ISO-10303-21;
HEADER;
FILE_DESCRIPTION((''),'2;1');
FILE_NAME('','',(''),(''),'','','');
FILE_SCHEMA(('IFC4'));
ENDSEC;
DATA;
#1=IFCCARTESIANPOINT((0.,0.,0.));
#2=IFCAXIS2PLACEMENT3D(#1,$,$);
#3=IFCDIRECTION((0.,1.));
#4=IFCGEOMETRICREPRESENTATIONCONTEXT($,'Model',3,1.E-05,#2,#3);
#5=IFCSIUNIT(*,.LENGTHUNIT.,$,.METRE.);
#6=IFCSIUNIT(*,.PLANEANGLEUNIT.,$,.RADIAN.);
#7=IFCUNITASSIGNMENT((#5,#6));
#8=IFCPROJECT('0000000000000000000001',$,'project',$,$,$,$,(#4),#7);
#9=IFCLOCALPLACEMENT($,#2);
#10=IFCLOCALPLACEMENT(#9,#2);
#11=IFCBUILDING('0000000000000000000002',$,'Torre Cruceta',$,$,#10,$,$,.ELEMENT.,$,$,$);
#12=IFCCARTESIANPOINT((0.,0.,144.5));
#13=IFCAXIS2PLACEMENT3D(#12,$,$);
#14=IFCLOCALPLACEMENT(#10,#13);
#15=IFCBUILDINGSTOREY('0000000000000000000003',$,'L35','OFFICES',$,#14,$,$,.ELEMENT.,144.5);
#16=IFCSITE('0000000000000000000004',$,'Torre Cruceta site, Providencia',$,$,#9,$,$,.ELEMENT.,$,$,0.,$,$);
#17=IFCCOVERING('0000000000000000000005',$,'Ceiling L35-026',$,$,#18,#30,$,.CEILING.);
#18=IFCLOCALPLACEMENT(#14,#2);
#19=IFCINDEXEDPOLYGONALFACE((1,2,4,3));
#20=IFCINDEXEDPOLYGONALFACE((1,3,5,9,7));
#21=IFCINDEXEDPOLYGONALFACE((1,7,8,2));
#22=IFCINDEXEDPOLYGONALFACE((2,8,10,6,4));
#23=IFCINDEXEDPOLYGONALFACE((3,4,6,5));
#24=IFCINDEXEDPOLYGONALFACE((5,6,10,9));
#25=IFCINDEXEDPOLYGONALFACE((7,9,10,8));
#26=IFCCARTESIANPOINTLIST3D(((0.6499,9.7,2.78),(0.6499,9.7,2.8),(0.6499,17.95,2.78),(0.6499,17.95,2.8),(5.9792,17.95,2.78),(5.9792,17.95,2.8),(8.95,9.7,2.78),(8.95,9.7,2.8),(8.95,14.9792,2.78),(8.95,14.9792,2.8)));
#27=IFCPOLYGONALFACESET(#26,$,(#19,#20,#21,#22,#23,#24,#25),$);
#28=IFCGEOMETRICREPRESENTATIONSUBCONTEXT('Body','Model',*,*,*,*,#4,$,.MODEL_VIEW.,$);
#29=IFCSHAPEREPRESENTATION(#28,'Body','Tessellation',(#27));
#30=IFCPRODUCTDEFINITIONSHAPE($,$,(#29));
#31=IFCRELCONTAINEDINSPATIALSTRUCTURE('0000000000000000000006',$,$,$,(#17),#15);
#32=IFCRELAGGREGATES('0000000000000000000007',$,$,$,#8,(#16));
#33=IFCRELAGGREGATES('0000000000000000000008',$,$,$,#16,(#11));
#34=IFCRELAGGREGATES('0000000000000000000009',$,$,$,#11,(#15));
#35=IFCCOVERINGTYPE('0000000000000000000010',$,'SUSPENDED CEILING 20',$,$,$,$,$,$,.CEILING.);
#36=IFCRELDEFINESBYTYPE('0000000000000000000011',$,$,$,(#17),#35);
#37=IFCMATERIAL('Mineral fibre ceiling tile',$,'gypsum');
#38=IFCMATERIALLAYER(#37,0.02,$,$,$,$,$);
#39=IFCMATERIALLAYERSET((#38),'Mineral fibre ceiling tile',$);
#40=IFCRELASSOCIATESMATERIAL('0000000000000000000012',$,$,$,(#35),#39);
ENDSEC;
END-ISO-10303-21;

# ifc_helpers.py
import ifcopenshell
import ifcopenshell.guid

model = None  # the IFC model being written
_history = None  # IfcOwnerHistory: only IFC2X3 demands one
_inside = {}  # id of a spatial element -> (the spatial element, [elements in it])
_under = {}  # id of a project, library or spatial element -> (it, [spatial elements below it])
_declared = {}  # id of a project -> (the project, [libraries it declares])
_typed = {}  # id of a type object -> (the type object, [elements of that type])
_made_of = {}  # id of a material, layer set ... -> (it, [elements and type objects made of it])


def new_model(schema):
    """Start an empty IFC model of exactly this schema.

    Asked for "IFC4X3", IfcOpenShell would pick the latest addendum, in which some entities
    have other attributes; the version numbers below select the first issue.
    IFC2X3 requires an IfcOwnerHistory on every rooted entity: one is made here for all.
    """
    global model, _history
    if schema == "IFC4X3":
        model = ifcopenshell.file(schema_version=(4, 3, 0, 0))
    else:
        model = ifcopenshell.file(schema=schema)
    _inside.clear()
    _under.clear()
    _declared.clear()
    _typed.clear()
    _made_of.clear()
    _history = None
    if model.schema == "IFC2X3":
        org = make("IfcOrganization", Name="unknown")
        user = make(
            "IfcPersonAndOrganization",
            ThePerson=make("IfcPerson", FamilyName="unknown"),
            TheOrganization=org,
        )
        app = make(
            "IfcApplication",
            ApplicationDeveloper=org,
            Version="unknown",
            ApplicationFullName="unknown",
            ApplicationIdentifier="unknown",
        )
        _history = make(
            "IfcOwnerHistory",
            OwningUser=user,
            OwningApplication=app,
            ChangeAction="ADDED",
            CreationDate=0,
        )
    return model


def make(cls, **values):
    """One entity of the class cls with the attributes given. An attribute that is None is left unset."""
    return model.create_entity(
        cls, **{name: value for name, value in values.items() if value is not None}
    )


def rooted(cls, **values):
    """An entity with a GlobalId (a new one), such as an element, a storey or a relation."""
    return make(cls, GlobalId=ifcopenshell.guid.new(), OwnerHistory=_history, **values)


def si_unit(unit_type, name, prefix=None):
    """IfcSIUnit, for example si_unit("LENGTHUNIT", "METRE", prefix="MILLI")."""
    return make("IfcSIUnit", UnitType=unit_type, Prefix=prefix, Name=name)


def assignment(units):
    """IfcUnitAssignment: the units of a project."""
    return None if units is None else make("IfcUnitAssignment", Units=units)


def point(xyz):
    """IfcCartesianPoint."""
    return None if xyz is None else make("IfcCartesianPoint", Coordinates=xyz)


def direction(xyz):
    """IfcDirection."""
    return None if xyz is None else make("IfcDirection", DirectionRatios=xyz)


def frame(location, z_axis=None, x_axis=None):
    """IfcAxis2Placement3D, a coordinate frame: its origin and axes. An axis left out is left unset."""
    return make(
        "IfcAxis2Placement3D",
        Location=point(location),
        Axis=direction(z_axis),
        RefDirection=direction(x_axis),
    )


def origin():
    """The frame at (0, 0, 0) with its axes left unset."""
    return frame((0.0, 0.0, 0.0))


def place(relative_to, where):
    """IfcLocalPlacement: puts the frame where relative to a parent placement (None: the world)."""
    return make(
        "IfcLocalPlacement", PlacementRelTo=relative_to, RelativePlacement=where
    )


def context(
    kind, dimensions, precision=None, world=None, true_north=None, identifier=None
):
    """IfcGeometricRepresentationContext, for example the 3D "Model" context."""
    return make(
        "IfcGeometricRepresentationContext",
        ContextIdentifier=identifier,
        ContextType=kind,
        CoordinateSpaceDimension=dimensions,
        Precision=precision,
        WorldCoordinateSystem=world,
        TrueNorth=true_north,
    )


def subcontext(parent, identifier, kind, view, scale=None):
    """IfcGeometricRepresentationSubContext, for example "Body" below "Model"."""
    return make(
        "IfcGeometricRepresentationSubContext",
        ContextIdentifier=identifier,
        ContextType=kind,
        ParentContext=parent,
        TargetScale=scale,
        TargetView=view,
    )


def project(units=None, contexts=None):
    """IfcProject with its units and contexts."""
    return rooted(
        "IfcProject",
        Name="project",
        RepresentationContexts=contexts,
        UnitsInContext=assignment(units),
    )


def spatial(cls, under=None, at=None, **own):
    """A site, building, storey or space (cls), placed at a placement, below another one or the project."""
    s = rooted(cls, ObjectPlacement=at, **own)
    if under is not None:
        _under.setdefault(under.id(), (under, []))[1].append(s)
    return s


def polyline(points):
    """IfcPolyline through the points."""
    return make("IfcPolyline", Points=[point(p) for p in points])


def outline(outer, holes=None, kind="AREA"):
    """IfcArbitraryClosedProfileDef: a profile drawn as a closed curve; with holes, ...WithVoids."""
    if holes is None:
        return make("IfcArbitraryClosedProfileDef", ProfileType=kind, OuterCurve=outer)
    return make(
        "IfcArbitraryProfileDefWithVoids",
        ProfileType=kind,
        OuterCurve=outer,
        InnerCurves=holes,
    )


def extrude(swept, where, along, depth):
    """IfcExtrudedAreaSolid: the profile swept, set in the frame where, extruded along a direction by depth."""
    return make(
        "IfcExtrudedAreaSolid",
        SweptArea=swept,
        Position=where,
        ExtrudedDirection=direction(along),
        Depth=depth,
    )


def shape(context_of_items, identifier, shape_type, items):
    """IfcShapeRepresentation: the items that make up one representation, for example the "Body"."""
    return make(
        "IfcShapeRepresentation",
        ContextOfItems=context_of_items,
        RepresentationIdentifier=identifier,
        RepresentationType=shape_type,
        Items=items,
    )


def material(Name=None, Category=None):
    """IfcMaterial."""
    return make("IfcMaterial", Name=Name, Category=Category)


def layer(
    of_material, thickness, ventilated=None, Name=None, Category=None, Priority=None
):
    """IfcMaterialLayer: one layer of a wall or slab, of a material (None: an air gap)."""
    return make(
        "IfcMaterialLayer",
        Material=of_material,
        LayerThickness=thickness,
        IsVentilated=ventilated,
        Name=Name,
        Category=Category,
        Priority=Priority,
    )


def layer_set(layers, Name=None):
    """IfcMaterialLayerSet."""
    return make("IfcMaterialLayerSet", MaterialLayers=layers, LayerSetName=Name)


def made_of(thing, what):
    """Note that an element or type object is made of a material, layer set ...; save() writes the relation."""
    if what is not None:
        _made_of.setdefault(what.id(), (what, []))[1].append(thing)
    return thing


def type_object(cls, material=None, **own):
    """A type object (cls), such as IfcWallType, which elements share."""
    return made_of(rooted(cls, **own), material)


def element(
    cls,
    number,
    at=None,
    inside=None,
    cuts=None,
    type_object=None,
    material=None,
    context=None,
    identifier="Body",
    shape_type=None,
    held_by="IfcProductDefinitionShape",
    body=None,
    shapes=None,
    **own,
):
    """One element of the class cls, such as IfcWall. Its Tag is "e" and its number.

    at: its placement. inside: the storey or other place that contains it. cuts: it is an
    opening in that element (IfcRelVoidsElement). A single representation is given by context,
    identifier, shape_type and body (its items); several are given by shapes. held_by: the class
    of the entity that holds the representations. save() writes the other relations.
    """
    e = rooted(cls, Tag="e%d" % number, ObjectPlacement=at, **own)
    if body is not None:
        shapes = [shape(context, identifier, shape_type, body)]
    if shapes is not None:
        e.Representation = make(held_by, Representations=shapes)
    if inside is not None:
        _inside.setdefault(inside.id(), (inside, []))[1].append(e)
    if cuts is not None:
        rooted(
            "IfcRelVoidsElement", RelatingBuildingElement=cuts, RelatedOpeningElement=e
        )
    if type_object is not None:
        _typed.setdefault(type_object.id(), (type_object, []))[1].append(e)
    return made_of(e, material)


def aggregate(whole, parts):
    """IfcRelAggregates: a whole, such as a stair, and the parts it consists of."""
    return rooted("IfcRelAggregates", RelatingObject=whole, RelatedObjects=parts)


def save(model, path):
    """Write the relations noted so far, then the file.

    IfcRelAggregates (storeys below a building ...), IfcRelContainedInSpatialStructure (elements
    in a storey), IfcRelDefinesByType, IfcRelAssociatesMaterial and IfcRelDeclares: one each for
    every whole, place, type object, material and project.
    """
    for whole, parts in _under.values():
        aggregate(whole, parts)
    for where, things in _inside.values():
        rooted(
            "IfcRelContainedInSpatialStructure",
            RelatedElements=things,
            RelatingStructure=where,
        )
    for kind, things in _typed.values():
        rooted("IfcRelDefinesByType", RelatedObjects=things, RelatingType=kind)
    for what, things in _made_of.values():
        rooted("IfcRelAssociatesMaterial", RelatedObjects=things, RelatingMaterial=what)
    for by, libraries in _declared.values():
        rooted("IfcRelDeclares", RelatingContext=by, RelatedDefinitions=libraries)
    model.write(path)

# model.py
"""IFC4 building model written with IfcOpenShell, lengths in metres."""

from ifc_helpers import new_model, si_unit, direction, frame, origin, place, context, subcontext, project, spatial, polyline, outline, extrude, material, layer, layer_set, type_object, element, save


model = new_model("IFC4")

# Units and contexts
model_context = context("Model", 3, precision=1e-05, world=origin(), true_north=direction((0.0, 1.0)))
body_context = subcontext(model_context, "Body", "Model", "MODEL_VIEW")
ifc_project = project(units=[si_unit("LENGTHUNIT", "METRE"), si_unit("PLANEANGLEUNIT", "RADIAN")], contexts=[model_context])

# Site, building, storey
site_placement = place(None, origin())
site = spatial("IfcSite", under=ifc_project, at=site_placement, Name="Torre Cruceta site, Providencia", CompositionType="ELEMENT", RefElevation=0.0)
building_placement = place(site_placement, origin())
building = spatial("IfcBuilding", under=site, at=building_placement, Name="Torre Cruceta", CompositionType="ELEMENT")
storey_placement = place(building_placement, frame((0.0, 0.0, 144.5)))
storey = spatial("IfcBuildingStorey", under=building, at=storey_placement, Name="L35", Description="OFFICES", CompositionType="ELEMENT", Elevation=144.5)

# Covering
ifc_material_1 = material(Name="Mineral fibre ceiling tile", Category="gypsum")
ifc_layer_1 = layer(ifc_material_1, 0.02)
ifc_layer_set_1 = layer_set([ifc_layer_1], Name="Mineral fibre ceiling tile")
covering_type_1 = type_object("IfcCoveringType", Name="SUSPENDED CEILING 20", PredefinedType="CEILING", material=ifc_layer_set_1)
covering_1_placement = place(storey_placement, frame((0.0, 0.0, 2.78)))
element("IfcCovering", 1, at=covering_1_placement, inside=storey, type_object=covering_type_1, Name="Ceiling L35-026", PredefinedType="CEILING", context=body_context, shape_type="SweptSolid", body=[
    extrude(outline(polyline([(5.9792, 17.95), (8.95, 14.9792), (8.95, 9.7), (0.6499, 9.7), (0.6499, 17.95), (5.9792, 17.95)])), origin(), (0.0, 0.0, 1.0), 0.02),
])

save(model, "model.ifc")
